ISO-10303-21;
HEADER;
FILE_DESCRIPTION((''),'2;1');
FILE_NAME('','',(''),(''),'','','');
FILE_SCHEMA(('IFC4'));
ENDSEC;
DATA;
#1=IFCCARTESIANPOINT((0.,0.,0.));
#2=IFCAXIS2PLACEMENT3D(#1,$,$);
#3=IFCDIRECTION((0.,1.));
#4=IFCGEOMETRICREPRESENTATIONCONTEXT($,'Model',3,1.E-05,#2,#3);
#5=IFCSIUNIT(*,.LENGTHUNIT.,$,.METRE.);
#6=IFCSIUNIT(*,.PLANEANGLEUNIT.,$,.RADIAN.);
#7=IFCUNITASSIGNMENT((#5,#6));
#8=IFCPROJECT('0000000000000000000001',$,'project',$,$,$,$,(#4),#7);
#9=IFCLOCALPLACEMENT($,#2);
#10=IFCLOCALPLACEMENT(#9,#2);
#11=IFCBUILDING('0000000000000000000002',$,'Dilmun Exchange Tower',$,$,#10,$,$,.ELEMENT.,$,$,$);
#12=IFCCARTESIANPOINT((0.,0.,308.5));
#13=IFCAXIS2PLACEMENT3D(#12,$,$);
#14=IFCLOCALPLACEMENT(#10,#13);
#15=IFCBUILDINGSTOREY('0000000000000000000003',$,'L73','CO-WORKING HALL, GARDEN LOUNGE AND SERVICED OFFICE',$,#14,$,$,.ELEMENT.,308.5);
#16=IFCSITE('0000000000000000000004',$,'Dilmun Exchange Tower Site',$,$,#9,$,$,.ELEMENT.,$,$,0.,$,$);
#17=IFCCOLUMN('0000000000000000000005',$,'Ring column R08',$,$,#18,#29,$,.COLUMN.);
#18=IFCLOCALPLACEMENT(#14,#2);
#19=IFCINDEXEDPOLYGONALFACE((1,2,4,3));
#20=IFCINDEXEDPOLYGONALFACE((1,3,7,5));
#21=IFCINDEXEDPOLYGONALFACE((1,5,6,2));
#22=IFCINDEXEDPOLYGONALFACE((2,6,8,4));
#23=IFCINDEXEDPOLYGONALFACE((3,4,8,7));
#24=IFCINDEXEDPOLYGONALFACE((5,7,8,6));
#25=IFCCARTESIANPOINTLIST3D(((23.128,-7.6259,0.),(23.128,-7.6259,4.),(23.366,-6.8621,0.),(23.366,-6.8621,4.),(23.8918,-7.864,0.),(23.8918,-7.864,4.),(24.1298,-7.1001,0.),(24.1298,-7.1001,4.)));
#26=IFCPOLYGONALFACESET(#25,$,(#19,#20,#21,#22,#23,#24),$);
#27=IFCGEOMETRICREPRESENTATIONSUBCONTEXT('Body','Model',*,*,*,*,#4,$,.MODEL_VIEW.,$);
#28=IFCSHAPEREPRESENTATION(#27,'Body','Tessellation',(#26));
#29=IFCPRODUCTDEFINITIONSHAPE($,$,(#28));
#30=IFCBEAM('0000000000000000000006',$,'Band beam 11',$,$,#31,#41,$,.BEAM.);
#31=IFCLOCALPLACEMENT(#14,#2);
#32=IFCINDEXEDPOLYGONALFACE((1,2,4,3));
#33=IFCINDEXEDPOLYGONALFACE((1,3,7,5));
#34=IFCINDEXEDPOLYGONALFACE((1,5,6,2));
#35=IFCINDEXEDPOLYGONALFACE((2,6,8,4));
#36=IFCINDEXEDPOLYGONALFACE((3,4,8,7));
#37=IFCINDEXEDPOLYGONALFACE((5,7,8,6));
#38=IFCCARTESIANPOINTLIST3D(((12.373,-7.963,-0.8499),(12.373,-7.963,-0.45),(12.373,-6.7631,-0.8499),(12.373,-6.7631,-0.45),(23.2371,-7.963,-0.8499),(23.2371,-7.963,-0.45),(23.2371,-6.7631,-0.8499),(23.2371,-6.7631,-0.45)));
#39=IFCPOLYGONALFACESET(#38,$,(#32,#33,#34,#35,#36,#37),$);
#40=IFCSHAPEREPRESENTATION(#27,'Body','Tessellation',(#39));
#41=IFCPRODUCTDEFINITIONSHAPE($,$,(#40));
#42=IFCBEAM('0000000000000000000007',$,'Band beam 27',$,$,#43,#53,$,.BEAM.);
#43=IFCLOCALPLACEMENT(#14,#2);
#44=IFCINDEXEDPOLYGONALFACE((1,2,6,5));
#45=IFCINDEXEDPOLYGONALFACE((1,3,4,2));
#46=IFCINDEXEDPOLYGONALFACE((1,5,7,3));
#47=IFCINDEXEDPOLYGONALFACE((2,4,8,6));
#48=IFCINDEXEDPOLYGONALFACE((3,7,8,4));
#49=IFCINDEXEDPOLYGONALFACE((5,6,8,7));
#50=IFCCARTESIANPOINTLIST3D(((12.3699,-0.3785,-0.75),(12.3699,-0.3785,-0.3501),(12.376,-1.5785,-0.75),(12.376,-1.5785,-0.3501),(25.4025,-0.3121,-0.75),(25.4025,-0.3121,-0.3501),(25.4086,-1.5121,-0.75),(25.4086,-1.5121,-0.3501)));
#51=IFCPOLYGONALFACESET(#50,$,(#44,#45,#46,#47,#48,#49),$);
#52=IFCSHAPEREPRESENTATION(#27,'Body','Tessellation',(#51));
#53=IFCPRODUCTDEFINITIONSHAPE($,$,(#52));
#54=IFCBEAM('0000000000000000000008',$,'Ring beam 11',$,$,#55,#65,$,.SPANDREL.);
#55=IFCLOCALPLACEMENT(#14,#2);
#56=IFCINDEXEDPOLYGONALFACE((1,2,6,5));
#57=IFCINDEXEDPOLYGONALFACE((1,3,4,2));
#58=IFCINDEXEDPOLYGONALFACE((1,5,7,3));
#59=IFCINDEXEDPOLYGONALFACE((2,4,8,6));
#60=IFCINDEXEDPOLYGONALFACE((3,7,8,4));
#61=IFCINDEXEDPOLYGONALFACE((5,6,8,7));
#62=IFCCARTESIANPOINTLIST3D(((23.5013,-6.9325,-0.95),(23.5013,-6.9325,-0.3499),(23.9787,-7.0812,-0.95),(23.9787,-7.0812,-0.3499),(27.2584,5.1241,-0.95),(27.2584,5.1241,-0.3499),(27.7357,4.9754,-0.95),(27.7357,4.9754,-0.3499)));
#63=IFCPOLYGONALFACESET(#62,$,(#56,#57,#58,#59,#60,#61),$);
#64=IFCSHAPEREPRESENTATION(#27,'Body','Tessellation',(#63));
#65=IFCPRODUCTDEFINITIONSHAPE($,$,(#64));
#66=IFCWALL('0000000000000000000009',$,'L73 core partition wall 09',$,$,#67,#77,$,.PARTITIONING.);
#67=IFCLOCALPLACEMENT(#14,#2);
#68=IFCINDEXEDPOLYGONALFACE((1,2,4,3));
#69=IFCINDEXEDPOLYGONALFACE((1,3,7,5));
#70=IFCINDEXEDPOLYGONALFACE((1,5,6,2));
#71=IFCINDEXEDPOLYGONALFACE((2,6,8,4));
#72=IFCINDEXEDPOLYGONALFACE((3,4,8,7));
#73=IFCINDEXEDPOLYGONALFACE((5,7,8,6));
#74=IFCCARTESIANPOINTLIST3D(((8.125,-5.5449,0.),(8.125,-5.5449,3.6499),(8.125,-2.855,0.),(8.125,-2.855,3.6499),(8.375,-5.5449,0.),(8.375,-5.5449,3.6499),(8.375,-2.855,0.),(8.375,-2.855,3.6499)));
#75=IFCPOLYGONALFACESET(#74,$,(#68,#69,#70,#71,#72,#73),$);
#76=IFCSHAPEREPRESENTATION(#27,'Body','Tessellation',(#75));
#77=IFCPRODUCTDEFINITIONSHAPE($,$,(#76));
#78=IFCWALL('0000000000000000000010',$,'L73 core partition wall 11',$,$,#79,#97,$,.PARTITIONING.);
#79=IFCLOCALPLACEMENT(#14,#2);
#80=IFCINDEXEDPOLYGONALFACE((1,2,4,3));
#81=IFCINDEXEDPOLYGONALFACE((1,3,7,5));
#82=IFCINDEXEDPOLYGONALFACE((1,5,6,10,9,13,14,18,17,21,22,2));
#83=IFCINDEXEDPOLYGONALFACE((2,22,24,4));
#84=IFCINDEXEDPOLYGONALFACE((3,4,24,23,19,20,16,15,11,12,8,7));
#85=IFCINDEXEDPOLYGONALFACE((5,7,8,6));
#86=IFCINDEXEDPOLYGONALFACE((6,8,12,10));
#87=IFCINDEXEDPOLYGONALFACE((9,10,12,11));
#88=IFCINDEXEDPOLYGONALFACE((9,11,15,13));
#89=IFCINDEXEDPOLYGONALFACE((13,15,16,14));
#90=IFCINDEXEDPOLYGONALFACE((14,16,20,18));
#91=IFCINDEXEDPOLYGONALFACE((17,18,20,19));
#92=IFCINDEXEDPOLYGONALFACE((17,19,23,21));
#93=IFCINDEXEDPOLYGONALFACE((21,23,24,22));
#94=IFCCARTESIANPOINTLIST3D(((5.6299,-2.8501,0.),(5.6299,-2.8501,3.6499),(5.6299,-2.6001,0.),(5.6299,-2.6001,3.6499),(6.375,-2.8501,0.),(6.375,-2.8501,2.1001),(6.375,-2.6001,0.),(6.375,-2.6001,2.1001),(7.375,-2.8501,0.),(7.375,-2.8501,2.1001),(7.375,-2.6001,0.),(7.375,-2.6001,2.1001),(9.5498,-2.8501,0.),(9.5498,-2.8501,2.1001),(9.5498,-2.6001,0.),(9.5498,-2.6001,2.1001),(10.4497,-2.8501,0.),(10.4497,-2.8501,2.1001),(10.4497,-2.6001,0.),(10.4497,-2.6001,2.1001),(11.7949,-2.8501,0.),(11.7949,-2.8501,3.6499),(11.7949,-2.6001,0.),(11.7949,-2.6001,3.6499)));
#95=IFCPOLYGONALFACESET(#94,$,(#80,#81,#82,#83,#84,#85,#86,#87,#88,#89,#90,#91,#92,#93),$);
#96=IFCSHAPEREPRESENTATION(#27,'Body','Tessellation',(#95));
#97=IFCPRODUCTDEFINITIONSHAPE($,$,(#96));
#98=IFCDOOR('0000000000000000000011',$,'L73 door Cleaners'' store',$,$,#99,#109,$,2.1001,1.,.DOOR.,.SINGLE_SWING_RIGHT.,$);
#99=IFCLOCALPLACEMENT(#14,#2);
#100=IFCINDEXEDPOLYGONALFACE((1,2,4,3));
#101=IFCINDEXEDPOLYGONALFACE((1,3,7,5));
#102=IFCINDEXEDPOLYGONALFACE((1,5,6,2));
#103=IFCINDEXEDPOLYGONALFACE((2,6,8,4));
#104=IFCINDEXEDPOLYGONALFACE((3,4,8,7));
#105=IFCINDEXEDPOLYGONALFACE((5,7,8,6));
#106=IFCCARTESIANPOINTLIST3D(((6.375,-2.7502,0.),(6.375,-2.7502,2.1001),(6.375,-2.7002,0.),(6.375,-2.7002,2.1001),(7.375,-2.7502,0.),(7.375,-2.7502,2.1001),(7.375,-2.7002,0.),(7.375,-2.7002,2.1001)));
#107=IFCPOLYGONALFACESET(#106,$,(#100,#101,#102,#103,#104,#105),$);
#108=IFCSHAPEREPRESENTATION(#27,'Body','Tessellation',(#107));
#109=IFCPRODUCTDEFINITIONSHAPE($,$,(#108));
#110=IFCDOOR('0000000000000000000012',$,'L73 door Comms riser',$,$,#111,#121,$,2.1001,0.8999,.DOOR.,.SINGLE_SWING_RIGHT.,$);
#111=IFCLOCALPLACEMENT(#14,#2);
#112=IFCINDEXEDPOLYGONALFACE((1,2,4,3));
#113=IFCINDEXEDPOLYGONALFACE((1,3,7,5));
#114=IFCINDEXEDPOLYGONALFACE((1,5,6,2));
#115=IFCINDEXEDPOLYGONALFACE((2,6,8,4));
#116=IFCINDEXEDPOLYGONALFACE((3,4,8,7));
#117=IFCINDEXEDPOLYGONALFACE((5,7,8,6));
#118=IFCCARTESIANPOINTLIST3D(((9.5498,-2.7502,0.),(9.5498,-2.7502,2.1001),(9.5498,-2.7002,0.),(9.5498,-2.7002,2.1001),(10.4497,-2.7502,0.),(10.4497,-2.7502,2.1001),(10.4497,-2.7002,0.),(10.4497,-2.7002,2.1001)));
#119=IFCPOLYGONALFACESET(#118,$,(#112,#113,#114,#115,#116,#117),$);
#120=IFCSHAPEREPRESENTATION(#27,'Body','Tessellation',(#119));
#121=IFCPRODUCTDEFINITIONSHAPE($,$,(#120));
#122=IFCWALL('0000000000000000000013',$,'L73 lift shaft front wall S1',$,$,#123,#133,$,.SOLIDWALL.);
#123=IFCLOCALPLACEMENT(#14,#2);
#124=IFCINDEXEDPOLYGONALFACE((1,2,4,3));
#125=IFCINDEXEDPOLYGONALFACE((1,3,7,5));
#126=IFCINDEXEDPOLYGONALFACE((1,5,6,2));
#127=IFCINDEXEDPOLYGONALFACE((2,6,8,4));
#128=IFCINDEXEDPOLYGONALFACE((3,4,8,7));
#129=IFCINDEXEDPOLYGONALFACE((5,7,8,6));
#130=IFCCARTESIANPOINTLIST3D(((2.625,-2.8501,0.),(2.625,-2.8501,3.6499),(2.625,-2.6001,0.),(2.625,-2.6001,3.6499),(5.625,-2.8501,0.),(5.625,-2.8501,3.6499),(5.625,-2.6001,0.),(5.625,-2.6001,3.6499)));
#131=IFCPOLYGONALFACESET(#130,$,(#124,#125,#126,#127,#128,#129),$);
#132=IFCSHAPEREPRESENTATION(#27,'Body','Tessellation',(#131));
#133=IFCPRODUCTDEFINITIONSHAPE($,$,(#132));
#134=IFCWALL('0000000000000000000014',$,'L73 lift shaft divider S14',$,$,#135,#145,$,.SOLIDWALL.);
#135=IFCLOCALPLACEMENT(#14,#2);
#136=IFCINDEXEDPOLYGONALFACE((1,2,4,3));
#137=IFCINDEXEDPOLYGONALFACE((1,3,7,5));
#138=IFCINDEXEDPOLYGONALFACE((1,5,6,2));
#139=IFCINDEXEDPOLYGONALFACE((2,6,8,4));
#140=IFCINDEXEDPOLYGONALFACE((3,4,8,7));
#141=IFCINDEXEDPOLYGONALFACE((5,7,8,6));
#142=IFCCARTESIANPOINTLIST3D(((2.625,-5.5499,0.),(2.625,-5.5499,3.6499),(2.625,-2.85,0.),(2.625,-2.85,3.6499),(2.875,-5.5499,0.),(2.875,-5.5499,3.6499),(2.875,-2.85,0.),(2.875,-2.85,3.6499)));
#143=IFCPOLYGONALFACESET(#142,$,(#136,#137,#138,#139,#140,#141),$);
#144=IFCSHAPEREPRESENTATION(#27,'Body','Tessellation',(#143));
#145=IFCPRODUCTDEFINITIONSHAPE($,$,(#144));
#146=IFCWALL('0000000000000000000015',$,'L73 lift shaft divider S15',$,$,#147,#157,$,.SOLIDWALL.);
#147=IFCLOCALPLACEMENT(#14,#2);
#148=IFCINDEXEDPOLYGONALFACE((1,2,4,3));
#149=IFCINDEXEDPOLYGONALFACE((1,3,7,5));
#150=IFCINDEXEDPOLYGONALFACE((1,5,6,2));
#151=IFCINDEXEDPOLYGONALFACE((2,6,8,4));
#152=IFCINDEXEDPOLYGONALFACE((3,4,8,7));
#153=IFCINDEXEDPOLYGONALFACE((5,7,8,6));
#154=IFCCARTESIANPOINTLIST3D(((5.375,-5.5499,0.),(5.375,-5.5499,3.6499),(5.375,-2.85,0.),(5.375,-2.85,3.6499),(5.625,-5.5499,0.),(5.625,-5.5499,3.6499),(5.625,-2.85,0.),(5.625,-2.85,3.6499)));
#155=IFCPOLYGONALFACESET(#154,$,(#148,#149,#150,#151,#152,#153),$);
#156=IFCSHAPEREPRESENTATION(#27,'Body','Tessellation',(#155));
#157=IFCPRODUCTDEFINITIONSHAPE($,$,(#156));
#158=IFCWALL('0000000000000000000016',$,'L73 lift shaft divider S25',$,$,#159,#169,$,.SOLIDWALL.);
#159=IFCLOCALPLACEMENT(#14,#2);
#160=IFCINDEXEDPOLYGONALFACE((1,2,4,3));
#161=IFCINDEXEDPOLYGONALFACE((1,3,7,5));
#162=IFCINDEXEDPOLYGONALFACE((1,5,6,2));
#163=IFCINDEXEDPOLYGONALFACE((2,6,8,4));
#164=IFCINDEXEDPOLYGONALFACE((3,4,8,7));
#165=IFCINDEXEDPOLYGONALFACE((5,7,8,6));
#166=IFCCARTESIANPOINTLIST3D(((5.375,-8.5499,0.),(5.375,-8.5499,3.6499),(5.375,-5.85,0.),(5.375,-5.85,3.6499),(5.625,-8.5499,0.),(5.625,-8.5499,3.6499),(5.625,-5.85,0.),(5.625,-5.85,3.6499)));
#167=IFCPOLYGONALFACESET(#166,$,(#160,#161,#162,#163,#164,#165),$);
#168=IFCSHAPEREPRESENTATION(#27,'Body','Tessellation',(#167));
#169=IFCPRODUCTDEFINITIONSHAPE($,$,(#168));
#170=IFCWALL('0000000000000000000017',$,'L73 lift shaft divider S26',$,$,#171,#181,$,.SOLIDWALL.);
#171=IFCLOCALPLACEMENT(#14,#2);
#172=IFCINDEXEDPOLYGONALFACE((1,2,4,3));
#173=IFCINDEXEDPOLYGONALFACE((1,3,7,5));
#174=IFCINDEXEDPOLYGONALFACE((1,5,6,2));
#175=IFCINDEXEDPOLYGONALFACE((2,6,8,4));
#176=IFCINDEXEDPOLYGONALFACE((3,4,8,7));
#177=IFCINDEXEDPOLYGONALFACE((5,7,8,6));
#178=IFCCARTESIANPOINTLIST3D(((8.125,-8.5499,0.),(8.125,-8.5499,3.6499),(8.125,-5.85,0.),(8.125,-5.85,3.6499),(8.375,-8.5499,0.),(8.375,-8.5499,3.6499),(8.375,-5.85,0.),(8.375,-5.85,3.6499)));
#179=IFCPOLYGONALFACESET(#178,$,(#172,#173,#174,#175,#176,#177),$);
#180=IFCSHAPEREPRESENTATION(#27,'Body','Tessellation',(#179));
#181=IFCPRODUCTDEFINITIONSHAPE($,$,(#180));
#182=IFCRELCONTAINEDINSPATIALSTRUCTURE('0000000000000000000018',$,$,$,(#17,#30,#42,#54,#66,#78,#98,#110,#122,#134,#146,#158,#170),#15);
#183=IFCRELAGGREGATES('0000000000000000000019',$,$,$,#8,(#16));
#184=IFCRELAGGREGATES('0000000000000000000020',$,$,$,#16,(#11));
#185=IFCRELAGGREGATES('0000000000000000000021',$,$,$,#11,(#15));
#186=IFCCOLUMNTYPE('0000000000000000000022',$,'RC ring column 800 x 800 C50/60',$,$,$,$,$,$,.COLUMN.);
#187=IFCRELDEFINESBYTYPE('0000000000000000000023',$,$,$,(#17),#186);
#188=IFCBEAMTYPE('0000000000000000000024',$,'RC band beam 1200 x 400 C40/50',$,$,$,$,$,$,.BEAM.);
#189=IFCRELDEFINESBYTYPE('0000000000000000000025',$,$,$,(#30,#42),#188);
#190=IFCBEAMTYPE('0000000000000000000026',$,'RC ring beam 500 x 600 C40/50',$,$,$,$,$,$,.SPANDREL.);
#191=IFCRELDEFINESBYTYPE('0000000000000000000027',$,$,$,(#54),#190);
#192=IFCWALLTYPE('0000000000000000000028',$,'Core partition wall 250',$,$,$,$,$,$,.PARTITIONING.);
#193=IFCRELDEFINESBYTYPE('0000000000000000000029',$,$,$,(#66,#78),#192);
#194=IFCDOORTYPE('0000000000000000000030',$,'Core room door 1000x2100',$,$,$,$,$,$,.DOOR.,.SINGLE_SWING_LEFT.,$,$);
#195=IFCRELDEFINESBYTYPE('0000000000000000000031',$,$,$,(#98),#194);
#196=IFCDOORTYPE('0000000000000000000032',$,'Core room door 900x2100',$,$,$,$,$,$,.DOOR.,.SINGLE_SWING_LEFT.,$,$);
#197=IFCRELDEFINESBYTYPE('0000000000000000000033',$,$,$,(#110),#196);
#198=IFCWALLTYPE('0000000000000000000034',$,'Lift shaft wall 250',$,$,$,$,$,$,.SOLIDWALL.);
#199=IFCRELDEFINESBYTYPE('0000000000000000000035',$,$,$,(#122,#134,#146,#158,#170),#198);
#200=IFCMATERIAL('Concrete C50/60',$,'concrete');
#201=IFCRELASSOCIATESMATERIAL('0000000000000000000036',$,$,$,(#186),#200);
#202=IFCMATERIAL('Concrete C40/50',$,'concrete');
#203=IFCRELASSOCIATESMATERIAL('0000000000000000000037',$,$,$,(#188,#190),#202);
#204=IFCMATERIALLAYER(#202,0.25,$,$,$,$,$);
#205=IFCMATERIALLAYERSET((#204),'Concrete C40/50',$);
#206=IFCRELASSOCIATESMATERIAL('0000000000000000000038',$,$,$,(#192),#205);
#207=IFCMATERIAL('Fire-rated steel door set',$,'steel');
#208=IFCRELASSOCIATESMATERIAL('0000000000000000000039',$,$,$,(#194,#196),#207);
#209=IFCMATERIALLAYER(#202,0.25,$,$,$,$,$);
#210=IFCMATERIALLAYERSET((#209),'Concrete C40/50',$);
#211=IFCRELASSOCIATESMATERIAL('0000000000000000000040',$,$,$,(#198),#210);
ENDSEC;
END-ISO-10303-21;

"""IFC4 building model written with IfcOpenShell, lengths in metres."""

from ifc_helpers import new_model, si_unit, direction, frame, frame_2d, origin, origin_2d, place, context, subcontext, project, spatial, rectangle, extrude, material, layer, layer_set, material_profile, profile_set, type_object, element, fill, save


model = new_model("IFC4")

# Units and contexts
model_context = context("Model", 3, precision=1e-05, world=origin(), true_north=direction((0.0, 1.0)))
body_context = subcontext(model_context, "Body", "Model", "MODEL_VIEW")
ifc_project = project(units=[si_unit("LENGTHUNIT", "METRE"), si_unit("PLANEANGLEUNIT", "RADIAN")], contexts=[model_context])

# Site, building, storey
site_placement = place(None, origin())
site = spatial("IfcSite", under=ifc_project, at=site_placement, Name="Dilmun Exchange Tower Site", CompositionType="ELEMENT", RefElevation=0.0)
building_placement = place(site_placement, origin())
building = spatial("IfcBuilding", under=site, at=building_placement, Name="Dilmun Exchange Tower", CompositionType="ELEMENT")
storey_placement = place(building_placement, frame((0.0, 0.0, 308.5)))
storey = spatial("IfcBuildingStorey", under=building, at=storey_placement, Name="L73", Description="CO-WORKING HALL, GARDEN LOUNGE AND SERVICED OFFICE", CompositionType="ELEMENT", Elevation=308.5)

# Column
ifc_material_1 = material(Name="Concrete C50/60", Category="concrete")
ifc_material_profile_1 = material_profile(ifc_material_1, rectangle(XDim=0.8, YDim=0.8, at=origin_2d()), Name="800 x 800")
ifc_profile_set_1 = profile_set([ifc_material_profile_1], Name="Concrete C50/60")
column_type = type_object("IfcColumnType", Name="RC ring column 800 x 800 C50/60", PredefinedType="COLUMN", material=ifc_profile_set_1)
column_placement = place(storey_placement, frame((23.6289, -7.363, 0.0), z_axis=(0.0, 0.0, 1.0), x_axis=(0.297503, 0.954721, 0.0)))
element("IfcColumn", 1, at=column_placement, inside=storey, type_object=column_type, Name="Ring column R08", PredefinedType="COLUMN", context=body_context, shape_type="SweptSolid", body=[
    extrude(rectangle(XDim=0.8, YDim=0.8, at=origin_2d()), origin(), (0.0, 0.0, 1.0), 4.0),
])

# Beams
ifc_material_2 = material(Name="Concrete C40/50", Category="concrete")
ifc_material_profile_2 = material_profile(ifc_material_2, rectangle(XDim=1.2, YDim=0.3999, at=origin_2d()), Name="1200 x 400")
ifc_profile_set_2 = profile_set([ifc_material_profile_2], Name="Concrete C40/50")
beam_type_1 = type_object("IfcBeamType", Name="RC band beam 1200 x 400 C40/50", PredefinedType="BEAM", material=ifc_profile_set_2)
beam_1_placement = place(storey_placement, frame((23.2371, -7.363, -0.6499), z_axis=(-1.0, 0.0, 0.0), x_axis=(0.0, -1.0, 0.0)))
element("IfcBeam", 2, at=beam_1_placement, inside=storey, type_object=beam_type_1, Name="Band beam 11", PredefinedType="BEAM", context=body_context, shape_type="SweptSolid", body=[
    extrude(rectangle(XDim=1.2, YDim=0.3999, at=origin_2d()), origin(), (0.0, 0.0, 1.0), 10.864),
])
beam_2_placement = place(storey_placement, frame((25.4055, -0.9121, -0.55), z_axis=(-0.999987, -0.005095, 0.0), x_axis=(0.005095, -0.999987, 0.0)))
element("IfcBeam", 3, at=beam_2_placement, inside=storey, type_object=beam_type_1, Name="Band beam 27", PredefinedType="BEAM", context=body_context, shape_type="SweptSolid", body=[
    extrude(rectangle(XDim=1.2, YDim=0.3999, at=origin_2d()), origin(), (0.0, 0.0, 1.0), 13.0327),
])
ifc_material_profile_3 = material_profile(ifc_material_2, rectangle(XDim=0.5, YDim=0.6001, at=origin_2d()), Name="500 x 600")
ifc_profile_set_3 = profile_set([ifc_material_profile_3], Name="Concrete C40/50")
beam_type_2 = type_object("IfcBeamType", Name="RC ring beam 500 x 600 C40/50", PredefinedType="SPANDREL", material=ifc_profile_set_3)
beam_3_placement = place(storey_placement, frame((23.74, -7.0068, -0.6499), z_axis=(0.297509, 0.954719, 0.0), x_axis=(-0.954719, 0.297509, 0.0)))
element("IfcBeam", 4, at=beam_3_placement, inside=storey, type_object=beam_type_2, Name="Ring beam 11", PredefinedType="SPANDREL", context=body_context, shape_type="SweptSolid", body=[
    extrude(rectangle(XDim=0.5, YDim=0.6001, at=origin_2d()), origin(), (0.0, 0.0, 1.0), 12.6284),
])

# Shared definitions
ifc_material_3 = material(Name="Fire-rated steel door set", Category="steel")

# Wall
ifc_layer_1 = layer(ifc_material_2, 0.25)
ifc_layer_set_1 = layer_set([ifc_layer_1], Name="Concrete C40/50")
wall_type_1 = type_object("IfcWallType", Name="Core partition wall 250", PredefinedType="PARTITIONING", material=ifc_layer_set_1)
wall_1_placement = place(storey_placement, frame((8.25, -5.5449, 0.0), z_axis=(0.0, 0.0, 1.0), x_axis=(0.0, 1.0, 0.0)))
element("IfcWall", 5, at=wall_1_placement, inside=storey, type_object=wall_type_1, Name="L73 core partition wall 09", PredefinedType="PARTITIONING", context=body_context, shape_type="SweptSolid", body=[
    extrude(rectangle(XDim=2.6899, YDim=0.25, at=frame_2d((1.345, 0.0))), origin(), (0.0, 0.0, 1.0), 3.6499),
])

# Wall, openings, doors
wall_2_placement = place(storey_placement, frame((5.6299, -2.7251, 0.0), z_axis=(0.0, 0.0, 1.0), x_axis=(1.0, 0.0, 0.0)))
wall_2 = element("IfcWall", 6, at=wall_2_placement, inside=storey, type_object=wall_type_1, Name="L73 core partition wall 11", PredefinedType="PARTITIONING", context=body_context, shape_type="SweptSolid", body=[
    extrude(rectangle(XDim=6.165, YDim=0.25, at=frame_2d((3.0825, 0.0))), origin(), (0.0, 0.0, 1.0), 3.6499),
])
opening_1_placement = place(wall_2_placement, frame((0.7451, 0.0, 0.0)))
opening_1 = element("IfcOpeningElement", 7, at=opening_1_placement, cuts=wall_2, PredefinedType="OPENING", context=body_context, shape_type="SweptSolid", body=[
    extrude(rectangle(XDim=1.0, YDim=2.1001, at=frame_2d((0.5, 1.05))), frame((0.0, 0.135, 0.0), z_axis=(0.0, -1.0, 0.0), x_axis=(1.0, 0.0, 0.0)), (0.0, 0.0, 1.0), 0.27),
])
opening_2_placement = place(wall_2_placement, frame((3.9199, 0.0, 0.0)))
opening_2 = element("IfcOpeningElement", 8, at=opening_2_placement, cuts=wall_2, PredefinedType="OPENING", context=body_context, shape_type="SweptSolid", body=[
    extrude(rectangle(XDim=0.8999, YDim=2.1001, at=frame_2d((0.45, 1.05))), frame((0.0, 0.135, 0.0), z_axis=(0.0, -1.0, 0.0), x_axis=(1.0, 0.0, 0.0)), (0.0, 0.0, 1.0), 0.27),
])
door_type_1 = type_object("IfcDoorType", Name="Core room door 1000x2100", OperationType="SINGLE_SWING_LEFT", PredefinedType="DOOR", material=ifc_material_3)
door_1_placement = place(opening_1_placement, origin())
door_1 = element("IfcDoor", 9, at=door_1_placement, inside=storey, type_object=door_type_1, Name="L73 door Cleaners' store", OperationType="SINGLE_SWING_RIGHT", OverallHeight=2.1001, OverallWidth=1.0, PredefinedType="DOOR", context=body_context, shape_type="SweptSolid", body=[
    extrude(rectangle(XDim=1.0, YDim=2.1001, at=frame_2d((0.5, 1.05))), frame((0.0, 0.0249, 0.0), z_axis=(0.0, -1.0, 0.0), x_axis=(1.0, 0.0, 0.0)), (0.0, 0.0, 1.0), 0.05),
])
fill(opening_1, door_1)
door_type_2 = type_object("IfcDoorType", Name="Core room door 900x2100", OperationType="SINGLE_SWING_LEFT", PredefinedType="DOOR", material=ifc_material_3)
door_2_placement = place(opening_2_placement, origin())
door_2 = element("IfcDoor", 10, at=door_2_placement, inside=storey, type_object=door_type_2, Name="L73 door Comms riser", OperationType="SINGLE_SWING_RIGHT", OverallHeight=2.1001, OverallWidth=0.8999, PredefinedType="DOOR", context=body_context, shape_type="SweptSolid", body=[
    extrude(rectangle(XDim=0.8999, YDim=2.1001, at=frame_2d((0.45, 1.05))), frame((0.0, 0.0249, 0.0), z_axis=(0.0, -1.0, 0.0), x_axis=(1.0, 0.0, 0.0)), (0.0, 0.0, 1.0), 0.05),
])
fill(opening_2, door_2)

# Walls
ifc_layer_2 = layer(ifc_material_2, 0.25)
ifc_layer_set_2 = layer_set([ifc_layer_2], Name="Concrete C40/50")
wall_type_2 = type_object("IfcWallType", Name="Lift shaft wall 250", PredefinedType="SOLIDWALL", material=ifc_layer_set_2)
wall_3_placement = place(storey_placement, frame((2.625, -2.7251, 0.0), z_axis=(0.0, 0.0, 1.0), x_axis=(1.0, 0.0, 0.0)))
element("IfcWall", 11, at=wall_3_placement, inside=storey, type_object=wall_type_2, Name="L73 lift shaft front wall S1", PredefinedType="SOLIDWALL", context=body_context, shape_type="SweptSolid", body=[
    extrude(rectangle(XDim=3.0, YDim=0.25, at=frame_2d((1.5, 0.0))), origin(), (0.0, 0.0, 1.0), 3.6499),
])
for number, where, z_axis, x_axis, name in (
    (12, (2.75, -5.55, 0.0), (0.0, 0.0, 1.0), (0.0, 1.0, 0.0), "L73 lift shaft divider S14"),
    (13, (5.5, -5.55, 0.0), (0.0, 0.0, 1.0), (0.0, 1.0, 0.0), "L73 lift shaft divider S15"),
    (14, (5.5, -8.55, 0.0), (0.0, 0.0, 1.0), (0.0, 1.0, 0.0), "L73 lift shaft divider S25"),
    (15, (8.25, -8.55, 0.0), (0.0, 0.0, 1.0), (0.0, 1.0, 0.0), "L73 lift shaft divider S26"),
):
    element("IfcWall", number, at=place(storey_placement, frame(where, z_axis=z_axis, x_axis=x_axis)), inside=storey, type_object=wall_type_2, Name=name, PredefinedType="SOLIDWALL", context=body_context, shape_type="SweptSolid", body=[
        extrude(rectangle(XDim=2.7, YDim=0.25, at=frame_2d((1.3501, 0.0))), origin(), (0.0, 0.0, 1.0), 3.6499),
    ])

save(model, "model.ifc")
